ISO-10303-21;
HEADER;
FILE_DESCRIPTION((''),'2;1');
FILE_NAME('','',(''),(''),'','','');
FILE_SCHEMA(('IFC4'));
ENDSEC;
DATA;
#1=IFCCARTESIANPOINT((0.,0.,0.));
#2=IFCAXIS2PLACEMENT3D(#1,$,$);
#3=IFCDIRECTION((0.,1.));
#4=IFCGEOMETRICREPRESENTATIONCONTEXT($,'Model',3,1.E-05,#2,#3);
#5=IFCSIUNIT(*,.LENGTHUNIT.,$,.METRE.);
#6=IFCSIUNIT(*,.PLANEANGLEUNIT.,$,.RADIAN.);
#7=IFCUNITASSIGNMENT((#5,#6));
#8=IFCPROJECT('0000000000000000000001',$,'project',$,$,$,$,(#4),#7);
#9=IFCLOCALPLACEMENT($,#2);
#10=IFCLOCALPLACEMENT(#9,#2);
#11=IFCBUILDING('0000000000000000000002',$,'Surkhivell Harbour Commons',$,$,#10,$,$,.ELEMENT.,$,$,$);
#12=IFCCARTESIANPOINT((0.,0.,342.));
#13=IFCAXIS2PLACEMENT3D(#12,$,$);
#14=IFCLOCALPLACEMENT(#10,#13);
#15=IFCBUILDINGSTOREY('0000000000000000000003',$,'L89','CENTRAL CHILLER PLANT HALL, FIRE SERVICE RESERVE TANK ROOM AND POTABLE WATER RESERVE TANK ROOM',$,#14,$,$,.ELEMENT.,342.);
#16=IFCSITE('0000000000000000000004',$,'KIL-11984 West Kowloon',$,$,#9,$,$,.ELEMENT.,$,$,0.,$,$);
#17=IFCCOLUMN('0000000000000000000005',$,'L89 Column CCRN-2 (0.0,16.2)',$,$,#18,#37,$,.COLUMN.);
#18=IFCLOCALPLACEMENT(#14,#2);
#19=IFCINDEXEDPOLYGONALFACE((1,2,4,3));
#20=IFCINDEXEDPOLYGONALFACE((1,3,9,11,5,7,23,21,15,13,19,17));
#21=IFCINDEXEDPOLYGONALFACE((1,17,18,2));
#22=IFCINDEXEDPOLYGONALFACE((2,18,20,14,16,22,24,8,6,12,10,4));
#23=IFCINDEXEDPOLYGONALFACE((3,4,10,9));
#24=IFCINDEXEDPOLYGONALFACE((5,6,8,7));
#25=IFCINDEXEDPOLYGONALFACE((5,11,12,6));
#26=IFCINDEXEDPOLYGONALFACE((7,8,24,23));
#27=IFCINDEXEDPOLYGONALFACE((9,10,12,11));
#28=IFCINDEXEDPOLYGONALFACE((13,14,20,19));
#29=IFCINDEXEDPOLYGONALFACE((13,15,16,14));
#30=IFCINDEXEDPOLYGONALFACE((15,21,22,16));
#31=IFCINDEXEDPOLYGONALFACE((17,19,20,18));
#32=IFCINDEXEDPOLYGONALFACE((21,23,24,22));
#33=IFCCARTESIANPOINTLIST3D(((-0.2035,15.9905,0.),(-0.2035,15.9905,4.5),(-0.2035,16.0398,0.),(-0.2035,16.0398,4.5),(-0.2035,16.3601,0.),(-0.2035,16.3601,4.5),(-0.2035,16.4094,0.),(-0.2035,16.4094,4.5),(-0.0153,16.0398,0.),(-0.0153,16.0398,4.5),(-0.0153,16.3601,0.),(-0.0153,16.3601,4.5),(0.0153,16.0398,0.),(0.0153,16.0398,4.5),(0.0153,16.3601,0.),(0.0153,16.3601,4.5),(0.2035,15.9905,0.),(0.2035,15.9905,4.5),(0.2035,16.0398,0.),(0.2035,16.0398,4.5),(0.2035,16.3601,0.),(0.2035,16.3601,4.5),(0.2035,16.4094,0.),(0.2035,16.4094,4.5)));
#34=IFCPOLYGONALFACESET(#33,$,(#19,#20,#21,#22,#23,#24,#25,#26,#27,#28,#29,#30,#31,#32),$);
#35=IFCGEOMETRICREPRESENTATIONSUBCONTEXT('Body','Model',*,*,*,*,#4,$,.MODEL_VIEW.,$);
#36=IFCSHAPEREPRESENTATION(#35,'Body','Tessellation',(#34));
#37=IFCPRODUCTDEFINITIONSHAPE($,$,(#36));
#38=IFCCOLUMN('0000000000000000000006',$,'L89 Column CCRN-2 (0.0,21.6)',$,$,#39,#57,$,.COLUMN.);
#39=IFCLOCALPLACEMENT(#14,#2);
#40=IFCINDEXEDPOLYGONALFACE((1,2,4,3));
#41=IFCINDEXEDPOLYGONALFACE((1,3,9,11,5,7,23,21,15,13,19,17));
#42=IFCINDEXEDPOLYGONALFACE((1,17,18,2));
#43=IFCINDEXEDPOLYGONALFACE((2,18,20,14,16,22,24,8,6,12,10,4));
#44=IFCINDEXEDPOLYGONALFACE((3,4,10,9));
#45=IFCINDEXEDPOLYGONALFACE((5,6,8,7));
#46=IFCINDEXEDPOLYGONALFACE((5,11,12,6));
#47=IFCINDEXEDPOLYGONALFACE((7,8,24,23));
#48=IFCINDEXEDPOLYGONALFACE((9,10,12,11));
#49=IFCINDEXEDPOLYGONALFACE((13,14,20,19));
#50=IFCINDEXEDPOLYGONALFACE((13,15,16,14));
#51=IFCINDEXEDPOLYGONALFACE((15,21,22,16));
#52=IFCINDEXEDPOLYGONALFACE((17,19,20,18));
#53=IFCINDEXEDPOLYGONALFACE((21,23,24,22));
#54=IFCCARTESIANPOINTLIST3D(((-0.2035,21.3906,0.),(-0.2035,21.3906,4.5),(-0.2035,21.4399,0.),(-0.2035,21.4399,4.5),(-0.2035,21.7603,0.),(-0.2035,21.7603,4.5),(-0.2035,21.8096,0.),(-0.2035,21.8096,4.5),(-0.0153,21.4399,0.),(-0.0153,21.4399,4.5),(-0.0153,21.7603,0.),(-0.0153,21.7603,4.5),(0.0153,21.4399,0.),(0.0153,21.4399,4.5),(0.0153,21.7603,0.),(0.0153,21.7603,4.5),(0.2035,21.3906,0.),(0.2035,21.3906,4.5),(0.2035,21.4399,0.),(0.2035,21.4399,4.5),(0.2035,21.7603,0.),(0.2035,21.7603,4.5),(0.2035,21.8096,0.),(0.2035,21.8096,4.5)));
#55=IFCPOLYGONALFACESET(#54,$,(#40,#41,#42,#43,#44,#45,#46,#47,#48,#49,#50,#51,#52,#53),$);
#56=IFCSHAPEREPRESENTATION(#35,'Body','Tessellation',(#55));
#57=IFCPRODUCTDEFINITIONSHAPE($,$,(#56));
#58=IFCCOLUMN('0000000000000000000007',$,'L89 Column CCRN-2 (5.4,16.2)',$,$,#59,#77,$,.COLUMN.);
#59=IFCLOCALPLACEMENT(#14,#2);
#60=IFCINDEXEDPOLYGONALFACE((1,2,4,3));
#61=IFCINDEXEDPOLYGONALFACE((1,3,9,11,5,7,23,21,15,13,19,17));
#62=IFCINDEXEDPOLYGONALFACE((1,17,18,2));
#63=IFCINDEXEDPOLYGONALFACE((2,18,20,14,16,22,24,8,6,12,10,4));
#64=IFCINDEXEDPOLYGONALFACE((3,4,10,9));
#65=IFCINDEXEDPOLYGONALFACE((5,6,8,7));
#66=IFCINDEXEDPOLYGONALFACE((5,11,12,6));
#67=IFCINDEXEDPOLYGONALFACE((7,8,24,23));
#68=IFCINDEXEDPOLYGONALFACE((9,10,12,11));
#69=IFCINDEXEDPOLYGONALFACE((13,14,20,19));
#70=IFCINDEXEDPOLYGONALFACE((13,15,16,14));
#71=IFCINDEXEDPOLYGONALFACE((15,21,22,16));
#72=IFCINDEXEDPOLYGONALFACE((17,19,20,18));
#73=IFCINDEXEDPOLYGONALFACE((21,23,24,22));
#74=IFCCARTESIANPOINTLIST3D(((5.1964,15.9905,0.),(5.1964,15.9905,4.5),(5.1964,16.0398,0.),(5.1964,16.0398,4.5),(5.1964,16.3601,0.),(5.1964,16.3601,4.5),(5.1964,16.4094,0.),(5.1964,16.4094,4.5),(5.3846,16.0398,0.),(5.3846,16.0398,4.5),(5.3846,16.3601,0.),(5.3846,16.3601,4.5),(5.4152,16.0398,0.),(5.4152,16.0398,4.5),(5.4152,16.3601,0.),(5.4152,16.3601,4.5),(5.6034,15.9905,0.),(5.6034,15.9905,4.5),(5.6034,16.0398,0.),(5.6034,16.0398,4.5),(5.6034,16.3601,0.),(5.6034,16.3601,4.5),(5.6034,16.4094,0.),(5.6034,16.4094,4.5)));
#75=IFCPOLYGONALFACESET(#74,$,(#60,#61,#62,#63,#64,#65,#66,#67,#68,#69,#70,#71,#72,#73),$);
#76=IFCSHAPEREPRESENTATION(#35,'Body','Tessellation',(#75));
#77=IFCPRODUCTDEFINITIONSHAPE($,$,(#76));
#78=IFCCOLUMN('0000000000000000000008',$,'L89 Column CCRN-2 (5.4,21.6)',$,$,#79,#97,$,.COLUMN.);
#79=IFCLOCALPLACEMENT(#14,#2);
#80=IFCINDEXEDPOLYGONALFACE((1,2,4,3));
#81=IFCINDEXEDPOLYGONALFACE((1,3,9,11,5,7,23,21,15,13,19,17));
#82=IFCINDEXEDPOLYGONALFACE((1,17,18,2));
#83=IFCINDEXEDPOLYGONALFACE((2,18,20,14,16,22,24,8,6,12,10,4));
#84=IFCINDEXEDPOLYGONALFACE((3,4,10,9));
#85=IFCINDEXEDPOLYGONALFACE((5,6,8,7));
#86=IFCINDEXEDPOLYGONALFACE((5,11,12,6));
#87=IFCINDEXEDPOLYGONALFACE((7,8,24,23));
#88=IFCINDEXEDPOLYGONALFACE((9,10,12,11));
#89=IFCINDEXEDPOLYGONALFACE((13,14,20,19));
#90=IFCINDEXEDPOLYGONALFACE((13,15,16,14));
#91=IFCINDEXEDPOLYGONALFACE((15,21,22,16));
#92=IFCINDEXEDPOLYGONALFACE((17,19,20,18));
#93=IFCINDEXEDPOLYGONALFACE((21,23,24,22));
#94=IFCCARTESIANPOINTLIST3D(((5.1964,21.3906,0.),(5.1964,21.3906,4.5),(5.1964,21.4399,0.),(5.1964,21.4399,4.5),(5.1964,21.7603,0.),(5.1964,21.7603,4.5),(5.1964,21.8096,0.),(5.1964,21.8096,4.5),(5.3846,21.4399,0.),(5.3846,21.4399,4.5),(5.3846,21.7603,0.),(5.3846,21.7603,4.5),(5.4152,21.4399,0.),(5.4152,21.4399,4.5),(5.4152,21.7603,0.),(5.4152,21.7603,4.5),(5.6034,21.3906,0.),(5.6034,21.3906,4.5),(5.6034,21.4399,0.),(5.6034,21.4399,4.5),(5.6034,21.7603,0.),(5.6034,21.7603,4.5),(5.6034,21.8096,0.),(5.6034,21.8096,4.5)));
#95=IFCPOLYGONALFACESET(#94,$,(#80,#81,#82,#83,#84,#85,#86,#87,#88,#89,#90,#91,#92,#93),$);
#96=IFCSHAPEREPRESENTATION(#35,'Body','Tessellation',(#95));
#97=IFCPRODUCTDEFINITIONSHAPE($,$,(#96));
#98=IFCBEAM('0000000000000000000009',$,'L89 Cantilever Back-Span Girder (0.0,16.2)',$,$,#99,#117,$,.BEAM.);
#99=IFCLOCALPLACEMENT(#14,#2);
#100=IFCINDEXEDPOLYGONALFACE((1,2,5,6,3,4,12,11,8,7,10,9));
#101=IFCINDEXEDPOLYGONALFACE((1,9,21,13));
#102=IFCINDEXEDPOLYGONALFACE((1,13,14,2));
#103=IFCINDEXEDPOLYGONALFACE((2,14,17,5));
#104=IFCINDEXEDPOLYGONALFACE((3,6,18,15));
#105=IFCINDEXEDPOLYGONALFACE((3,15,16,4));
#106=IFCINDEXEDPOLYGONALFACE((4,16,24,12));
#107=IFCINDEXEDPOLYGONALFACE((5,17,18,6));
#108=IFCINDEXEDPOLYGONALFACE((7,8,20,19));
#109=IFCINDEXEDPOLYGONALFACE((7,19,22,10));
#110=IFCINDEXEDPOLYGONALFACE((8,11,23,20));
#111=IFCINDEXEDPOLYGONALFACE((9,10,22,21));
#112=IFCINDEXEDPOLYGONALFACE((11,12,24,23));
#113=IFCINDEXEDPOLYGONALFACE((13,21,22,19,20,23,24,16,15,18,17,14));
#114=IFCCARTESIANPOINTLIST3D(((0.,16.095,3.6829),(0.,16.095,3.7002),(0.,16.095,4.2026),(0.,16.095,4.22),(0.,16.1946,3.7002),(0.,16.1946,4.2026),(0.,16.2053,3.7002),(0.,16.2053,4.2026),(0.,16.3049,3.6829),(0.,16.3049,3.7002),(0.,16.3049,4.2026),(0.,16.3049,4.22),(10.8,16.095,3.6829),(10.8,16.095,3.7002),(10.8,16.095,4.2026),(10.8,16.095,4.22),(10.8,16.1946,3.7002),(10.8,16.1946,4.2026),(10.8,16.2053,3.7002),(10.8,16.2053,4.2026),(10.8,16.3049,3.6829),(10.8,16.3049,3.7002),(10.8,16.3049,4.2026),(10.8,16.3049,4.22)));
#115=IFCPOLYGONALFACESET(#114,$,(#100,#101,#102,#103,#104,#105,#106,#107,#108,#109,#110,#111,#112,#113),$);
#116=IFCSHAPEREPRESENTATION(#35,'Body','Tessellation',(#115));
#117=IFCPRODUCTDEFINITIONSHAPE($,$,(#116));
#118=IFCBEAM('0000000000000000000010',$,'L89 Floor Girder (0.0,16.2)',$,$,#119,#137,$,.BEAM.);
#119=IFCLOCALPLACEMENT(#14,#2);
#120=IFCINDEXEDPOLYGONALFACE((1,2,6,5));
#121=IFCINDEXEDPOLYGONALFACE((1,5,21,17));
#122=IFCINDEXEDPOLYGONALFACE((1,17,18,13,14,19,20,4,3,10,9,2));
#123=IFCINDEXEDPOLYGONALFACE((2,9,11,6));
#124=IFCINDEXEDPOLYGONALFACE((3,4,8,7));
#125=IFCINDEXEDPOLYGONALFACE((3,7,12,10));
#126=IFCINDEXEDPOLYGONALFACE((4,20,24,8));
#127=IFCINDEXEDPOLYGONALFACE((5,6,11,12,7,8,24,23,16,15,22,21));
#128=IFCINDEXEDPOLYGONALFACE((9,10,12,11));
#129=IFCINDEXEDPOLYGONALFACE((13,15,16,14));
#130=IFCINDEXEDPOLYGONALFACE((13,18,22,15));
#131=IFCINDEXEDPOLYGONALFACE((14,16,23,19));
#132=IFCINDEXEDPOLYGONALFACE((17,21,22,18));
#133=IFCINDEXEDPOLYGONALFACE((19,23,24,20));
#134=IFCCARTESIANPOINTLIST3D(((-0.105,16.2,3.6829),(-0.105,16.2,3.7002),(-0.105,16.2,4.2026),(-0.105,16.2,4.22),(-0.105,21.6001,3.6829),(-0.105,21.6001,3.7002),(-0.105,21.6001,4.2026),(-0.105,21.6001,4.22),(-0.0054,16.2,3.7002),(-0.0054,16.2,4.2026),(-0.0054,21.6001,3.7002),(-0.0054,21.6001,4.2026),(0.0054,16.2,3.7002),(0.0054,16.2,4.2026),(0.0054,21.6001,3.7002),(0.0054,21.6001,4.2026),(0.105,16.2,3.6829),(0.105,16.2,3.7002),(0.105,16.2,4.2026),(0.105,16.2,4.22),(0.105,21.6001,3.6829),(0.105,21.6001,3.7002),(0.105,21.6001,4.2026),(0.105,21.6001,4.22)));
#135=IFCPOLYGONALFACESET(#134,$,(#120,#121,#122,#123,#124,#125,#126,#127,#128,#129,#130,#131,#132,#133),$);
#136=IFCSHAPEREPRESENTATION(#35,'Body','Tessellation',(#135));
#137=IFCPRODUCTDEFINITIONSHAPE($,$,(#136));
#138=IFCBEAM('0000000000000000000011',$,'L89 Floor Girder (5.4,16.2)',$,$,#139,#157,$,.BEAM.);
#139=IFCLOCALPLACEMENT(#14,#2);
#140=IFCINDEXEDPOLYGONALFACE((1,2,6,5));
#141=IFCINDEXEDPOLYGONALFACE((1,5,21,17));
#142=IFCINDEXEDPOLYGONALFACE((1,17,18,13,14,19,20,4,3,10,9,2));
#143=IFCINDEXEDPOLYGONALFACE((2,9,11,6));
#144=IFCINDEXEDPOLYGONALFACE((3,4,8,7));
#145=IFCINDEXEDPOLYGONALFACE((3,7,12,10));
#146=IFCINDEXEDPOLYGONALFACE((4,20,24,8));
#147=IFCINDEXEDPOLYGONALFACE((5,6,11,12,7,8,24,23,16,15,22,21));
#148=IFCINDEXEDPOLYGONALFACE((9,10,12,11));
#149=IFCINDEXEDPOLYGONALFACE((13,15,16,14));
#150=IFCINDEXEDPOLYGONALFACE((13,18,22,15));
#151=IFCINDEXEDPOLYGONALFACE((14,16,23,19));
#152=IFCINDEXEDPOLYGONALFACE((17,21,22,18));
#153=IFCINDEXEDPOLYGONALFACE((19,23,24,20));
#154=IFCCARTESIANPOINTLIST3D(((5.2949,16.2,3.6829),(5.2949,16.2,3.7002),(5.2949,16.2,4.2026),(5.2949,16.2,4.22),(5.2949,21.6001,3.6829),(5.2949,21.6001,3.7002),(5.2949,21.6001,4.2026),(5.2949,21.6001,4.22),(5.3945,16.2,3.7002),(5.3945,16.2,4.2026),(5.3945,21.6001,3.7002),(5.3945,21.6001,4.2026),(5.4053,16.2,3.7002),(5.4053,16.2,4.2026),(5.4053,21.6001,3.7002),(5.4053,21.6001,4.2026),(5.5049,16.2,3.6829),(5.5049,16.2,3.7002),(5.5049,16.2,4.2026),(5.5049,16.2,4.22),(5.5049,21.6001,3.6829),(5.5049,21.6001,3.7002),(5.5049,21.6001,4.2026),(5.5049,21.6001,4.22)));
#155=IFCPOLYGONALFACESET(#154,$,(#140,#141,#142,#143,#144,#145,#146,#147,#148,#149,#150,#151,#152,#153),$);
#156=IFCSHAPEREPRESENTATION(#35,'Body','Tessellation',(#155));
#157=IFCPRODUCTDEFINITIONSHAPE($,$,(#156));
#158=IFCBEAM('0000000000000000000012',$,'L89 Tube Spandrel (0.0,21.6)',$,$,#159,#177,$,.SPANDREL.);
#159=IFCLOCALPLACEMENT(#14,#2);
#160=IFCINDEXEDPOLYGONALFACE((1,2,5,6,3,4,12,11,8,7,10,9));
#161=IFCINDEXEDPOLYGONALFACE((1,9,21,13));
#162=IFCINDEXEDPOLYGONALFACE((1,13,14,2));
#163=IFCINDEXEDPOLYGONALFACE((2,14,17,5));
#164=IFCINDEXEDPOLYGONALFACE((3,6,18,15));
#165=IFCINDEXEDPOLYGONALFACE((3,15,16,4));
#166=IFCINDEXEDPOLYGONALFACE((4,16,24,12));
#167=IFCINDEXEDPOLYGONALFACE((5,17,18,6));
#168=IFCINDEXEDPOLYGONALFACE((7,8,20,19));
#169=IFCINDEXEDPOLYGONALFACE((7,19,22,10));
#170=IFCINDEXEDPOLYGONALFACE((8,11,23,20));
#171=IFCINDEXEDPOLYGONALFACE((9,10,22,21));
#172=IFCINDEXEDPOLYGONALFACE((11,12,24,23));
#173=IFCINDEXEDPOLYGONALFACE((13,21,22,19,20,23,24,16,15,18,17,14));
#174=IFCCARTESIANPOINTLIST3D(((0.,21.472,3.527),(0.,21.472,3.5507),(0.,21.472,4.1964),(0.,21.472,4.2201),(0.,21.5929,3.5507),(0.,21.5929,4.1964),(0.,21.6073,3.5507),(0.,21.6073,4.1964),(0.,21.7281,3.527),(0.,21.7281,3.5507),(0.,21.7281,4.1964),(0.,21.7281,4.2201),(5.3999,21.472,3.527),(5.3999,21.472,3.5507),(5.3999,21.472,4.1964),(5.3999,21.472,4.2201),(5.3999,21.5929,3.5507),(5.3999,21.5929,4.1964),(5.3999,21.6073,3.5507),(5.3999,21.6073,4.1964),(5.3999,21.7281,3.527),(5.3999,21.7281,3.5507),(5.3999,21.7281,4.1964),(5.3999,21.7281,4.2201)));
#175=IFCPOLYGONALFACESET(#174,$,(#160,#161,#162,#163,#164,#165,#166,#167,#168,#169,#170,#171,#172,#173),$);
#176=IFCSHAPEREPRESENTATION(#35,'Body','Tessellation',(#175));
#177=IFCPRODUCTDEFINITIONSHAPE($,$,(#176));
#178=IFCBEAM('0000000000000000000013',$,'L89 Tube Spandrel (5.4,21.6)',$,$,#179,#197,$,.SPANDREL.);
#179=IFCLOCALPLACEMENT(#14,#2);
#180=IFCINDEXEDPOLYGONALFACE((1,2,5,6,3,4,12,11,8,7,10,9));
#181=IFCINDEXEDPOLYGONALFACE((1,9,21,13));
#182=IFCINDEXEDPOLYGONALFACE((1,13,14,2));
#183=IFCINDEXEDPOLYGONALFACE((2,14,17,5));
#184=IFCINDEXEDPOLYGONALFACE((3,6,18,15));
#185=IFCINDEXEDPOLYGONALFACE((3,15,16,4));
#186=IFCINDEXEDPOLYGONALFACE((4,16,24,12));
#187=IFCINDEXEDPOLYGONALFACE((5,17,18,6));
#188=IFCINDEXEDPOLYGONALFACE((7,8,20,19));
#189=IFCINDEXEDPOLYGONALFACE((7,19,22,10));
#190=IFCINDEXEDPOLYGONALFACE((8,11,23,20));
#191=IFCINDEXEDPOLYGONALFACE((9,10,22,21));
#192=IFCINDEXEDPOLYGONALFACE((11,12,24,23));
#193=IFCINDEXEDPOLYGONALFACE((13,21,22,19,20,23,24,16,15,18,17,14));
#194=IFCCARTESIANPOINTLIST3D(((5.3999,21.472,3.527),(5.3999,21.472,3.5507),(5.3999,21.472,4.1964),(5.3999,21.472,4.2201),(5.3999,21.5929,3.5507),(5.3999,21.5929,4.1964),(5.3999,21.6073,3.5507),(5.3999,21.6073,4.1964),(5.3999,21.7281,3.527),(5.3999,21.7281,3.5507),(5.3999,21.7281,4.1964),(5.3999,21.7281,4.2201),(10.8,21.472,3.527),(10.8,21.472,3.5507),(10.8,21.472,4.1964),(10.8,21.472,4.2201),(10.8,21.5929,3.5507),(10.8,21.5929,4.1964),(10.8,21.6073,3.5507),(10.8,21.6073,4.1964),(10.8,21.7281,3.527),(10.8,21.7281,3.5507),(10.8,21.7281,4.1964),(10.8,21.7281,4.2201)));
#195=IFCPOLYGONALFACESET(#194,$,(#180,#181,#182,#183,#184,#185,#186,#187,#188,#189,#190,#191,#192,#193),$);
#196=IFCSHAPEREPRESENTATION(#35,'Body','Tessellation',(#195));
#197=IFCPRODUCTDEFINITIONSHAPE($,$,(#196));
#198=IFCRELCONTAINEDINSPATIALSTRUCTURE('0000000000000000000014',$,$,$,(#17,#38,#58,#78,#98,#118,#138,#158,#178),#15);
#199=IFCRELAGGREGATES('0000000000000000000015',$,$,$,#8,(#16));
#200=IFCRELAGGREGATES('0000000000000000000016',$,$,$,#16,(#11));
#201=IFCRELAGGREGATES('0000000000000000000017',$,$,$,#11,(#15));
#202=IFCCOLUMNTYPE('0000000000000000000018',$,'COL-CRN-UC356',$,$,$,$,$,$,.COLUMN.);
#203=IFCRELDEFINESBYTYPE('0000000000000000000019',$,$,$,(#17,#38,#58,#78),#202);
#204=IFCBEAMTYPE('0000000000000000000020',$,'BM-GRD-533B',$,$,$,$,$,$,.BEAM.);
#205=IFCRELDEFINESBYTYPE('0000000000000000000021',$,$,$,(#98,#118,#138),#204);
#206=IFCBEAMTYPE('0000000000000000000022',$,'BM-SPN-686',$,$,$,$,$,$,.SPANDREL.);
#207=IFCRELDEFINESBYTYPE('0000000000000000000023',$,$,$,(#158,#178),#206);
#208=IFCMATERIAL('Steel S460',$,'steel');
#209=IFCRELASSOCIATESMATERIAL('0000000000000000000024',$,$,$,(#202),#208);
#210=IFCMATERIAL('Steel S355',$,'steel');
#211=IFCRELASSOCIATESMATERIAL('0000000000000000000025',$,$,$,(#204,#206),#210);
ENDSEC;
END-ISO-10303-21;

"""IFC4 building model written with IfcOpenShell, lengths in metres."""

from ifc_helpers import new_model, si_unit, direction, frame, origin, origin_2d, place, context, subcontext, project, spatial, i_section, extrude, material, material_profile, profile_set, type_object, element, save


model = new_model("IFC4")

# Units and contexts
model_context = context("Model", 3, precision=1e-05, world=origin(), true_north=direction((0.0, 1.0)))
body_context = subcontext(model_context, "Body", "Model", "MODEL_VIEW")
ifc_project = project(units=[si_unit("LENGTHUNIT", "METRE"), si_unit("PLANEANGLEUNIT", "RADIAN")], contexts=[model_context])

# Site, building, storey
site_placement = place(None, origin())
site = spatial("IfcSite", under=ifc_project, at=site_placement, Name="KIL-11984 West Kowloon", CompositionType="ELEMENT", RefElevation=0.0)
building_placement = place(site_placement, origin())
building = spatial("IfcBuilding", under=site, at=building_placement, Name="Surkhivell Harbour Commons", CompositionType="ELEMENT")
storey_placement = place(building_placement, frame((0.0, 0.0, 342.0)))
storey = spatial("IfcBuildingStorey", under=building, at=storey_placement, Name="L89", Description="CENTRAL CHILLER PLANT HALL, FIRE SERVICE RESERVE TANK ROOM AND POTABLE WATER RESERVE TANK ROOM", CompositionType="ELEMENT", Elevation=342.0)

# Columns
ifc_material_1 = material(Name="Steel S460", Category="steel")
ifc_material_profile_1 = material_profile(ifc_material_1, i_section(OverallWidth=0.407, OverallDepth=0.4189, WebThickness=0.0305, FlangeThickness=0.0493, at=origin_2d()), Name="UC356x406x393")
ifc_profile_set_1 = profile_set([ifc_material_profile_1], Name="Steel S460")
column_type = type_object("IfcColumnType", Name="COL-CRN-UC356", PredefinedType="COLUMN", material=ifc_profile_set_1)
for number, where, z_axis, x_axis, name in (
    (1, (0.0, 16.2, 0.0), (0.0, 0.0, 1.0), (1.0, 0.0, 0.0), "L89 Column CCRN-2 (0.0,16.2)"),
    (2, (0.0, 21.6001, 0.0), (0.0, 0.0, 1.0), (1.0, 0.0, 0.0), "L89 Column CCRN-2 (0.0,21.6)"),
    (3, (5.3999, 16.2, 0.0), (0.0, 0.0, 1.0), (1.0, 0.0, 0.0), "L89 Column CCRN-2 (5.4,16.2)"),
    (4, (5.3999, 21.6001, 0.0), (0.0, 0.0, 1.0), (1.0, 0.0, 0.0), "L89 Column CCRN-2 (5.4,21.6)"),
):
    element("IfcColumn", number, at=place(storey_placement, frame(where, z_axis=z_axis, x_axis=x_axis)), inside=storey, type_object=column_type, Name=name, PredefinedType="COLUMN", context=body_context, shape_type="SweptSolid", body=[
        extrude(i_section(OverallWidth=0.407, OverallDepth=0.4189, WebThickness=0.0305, FlangeThickness=0.0493, at=origin_2d()), origin(), (0.0, 0.0, 1.0), 4.5),
    ])

# Beams
ifc_material_2 = material(Name="Steel S355", Category="steel")
ifc_material_profile_2 = material_profile(ifc_material_2, i_section(OverallWidth=0.21, OverallDepth=0.5371, WebThickness=0.0107, FlangeThickness=0.0173, at=origin_2d()), Name="UB533x210x101")
ifc_profile_set_2 = profile_set([ifc_material_profile_2], Name="Steel S355")
beam_type_1 = type_object("IfcBeamType", Name="BM-GRD-533B", PredefinedType="BEAM", material=ifc_profile_set_2)
beam_1_placement = place(storey_placement, frame((0.0, 16.2, 3.9514), z_axis=(1.0, 0.0, 0.0), x_axis=(0.0, 1.0, 0.0)))
element("IfcBeam", 5, at=beam_1_placement, inside=storey, type_object=beam_type_1, Name="L89 Cantilever Back-Span Girder (0.0,16.2)", PredefinedType="BEAM", context=body_context, shape_type="SweptSolid", body=[
    extrude(i_section(OverallWidth=0.21, OverallDepth=0.5371, WebThickness=0.0107, FlangeThickness=0.0173, at=origin_2d()), origin(), (0.0, 0.0, 1.0), 10.8),
])
for number, where, z_axis, x_axis, name in (
    (6, (0.0, 16.2, 3.9514), (0.0, 1.0, 0.0), (-1.0, 0.0, 0.0), "L89 Floor Girder (0.0,16.2)"),
    (7, (5.3999, 16.2, 3.9514), (0.0, 1.0, 0.0), (-1.0, 0.0, 0.0), "L89 Floor Girder (5.4,16.2)"),
):
    element("IfcBeam", number, at=place(storey_placement, frame(where, z_axis=z_axis, x_axis=x_axis)), inside=storey, type_object=beam_type_1, Name=name, PredefinedType="BEAM", context=body_context, shape_type="SweptSolid", body=[
        extrude(i_section(OverallWidth=0.21, OverallDepth=0.5371, WebThickness=0.0107, FlangeThickness=0.0173, at=origin_2d()), origin(), (0.0, 0.0, 1.0), 5.4001),
    ])
ifc_material_profile_3 = material_profile(ifc_material_2, i_section(OverallWidth=0.2561, OverallDepth=0.6931, WebThickness=0.0144, FlangeThickness=0.0237, at=origin_2d()), Name="UB686x254x170")
ifc_profile_set_3 = profile_set([ifc_material_profile_3], Name="Steel S355")
beam_type_2 = type_object("IfcBeamType", Name="BM-SPN-686", PredefinedType="SPANDREL", material=ifc_profile_set_3)
beam_2_placement = place(storey_placement, frame((0.0, 21.6001, 3.8735), z_axis=(1.0, 0.0, 0.0), x_axis=(0.0, 1.0, 0.0)))
element("IfcBeam", 8, at=beam_2_placement, inside=storey, type_object=beam_type_2, Name="L89 Tube Spandrel (0.0,21.6)", PredefinedType="SPANDREL", context=body_context, shape_type="SweptSolid", body=[
    extrude(i_section(OverallWidth=0.2561, OverallDepth=0.6931, WebThickness=0.0144, FlangeThickness=0.0237, at=origin_2d()), origin(), (0.0, 0.0, 1.0), 5.3999),
])
beam_3_placement = place(storey_placement, frame((5.3999, 21.6001, 3.8735), z_axis=(1.0, 0.0, 0.0), x_axis=(0.0, 1.0, 0.0)))
element("IfcBeam", 9, at=beam_3_placement, inside=storey, type_object=beam_type_2, Name="L89 Tube Spandrel (5.4,21.6)", PredefinedType="SPANDREL", context=body_context, shape_type="SweptSolid", body=[
    extrude(i_section(OverallWidth=0.2561, OverallDepth=0.6931, WebThickness=0.0144, FlangeThickness=0.0237, at=origin_2d()), origin(), (0.0, 0.0, 1.0), 5.4001),
])

save(model, "model.ifc")
